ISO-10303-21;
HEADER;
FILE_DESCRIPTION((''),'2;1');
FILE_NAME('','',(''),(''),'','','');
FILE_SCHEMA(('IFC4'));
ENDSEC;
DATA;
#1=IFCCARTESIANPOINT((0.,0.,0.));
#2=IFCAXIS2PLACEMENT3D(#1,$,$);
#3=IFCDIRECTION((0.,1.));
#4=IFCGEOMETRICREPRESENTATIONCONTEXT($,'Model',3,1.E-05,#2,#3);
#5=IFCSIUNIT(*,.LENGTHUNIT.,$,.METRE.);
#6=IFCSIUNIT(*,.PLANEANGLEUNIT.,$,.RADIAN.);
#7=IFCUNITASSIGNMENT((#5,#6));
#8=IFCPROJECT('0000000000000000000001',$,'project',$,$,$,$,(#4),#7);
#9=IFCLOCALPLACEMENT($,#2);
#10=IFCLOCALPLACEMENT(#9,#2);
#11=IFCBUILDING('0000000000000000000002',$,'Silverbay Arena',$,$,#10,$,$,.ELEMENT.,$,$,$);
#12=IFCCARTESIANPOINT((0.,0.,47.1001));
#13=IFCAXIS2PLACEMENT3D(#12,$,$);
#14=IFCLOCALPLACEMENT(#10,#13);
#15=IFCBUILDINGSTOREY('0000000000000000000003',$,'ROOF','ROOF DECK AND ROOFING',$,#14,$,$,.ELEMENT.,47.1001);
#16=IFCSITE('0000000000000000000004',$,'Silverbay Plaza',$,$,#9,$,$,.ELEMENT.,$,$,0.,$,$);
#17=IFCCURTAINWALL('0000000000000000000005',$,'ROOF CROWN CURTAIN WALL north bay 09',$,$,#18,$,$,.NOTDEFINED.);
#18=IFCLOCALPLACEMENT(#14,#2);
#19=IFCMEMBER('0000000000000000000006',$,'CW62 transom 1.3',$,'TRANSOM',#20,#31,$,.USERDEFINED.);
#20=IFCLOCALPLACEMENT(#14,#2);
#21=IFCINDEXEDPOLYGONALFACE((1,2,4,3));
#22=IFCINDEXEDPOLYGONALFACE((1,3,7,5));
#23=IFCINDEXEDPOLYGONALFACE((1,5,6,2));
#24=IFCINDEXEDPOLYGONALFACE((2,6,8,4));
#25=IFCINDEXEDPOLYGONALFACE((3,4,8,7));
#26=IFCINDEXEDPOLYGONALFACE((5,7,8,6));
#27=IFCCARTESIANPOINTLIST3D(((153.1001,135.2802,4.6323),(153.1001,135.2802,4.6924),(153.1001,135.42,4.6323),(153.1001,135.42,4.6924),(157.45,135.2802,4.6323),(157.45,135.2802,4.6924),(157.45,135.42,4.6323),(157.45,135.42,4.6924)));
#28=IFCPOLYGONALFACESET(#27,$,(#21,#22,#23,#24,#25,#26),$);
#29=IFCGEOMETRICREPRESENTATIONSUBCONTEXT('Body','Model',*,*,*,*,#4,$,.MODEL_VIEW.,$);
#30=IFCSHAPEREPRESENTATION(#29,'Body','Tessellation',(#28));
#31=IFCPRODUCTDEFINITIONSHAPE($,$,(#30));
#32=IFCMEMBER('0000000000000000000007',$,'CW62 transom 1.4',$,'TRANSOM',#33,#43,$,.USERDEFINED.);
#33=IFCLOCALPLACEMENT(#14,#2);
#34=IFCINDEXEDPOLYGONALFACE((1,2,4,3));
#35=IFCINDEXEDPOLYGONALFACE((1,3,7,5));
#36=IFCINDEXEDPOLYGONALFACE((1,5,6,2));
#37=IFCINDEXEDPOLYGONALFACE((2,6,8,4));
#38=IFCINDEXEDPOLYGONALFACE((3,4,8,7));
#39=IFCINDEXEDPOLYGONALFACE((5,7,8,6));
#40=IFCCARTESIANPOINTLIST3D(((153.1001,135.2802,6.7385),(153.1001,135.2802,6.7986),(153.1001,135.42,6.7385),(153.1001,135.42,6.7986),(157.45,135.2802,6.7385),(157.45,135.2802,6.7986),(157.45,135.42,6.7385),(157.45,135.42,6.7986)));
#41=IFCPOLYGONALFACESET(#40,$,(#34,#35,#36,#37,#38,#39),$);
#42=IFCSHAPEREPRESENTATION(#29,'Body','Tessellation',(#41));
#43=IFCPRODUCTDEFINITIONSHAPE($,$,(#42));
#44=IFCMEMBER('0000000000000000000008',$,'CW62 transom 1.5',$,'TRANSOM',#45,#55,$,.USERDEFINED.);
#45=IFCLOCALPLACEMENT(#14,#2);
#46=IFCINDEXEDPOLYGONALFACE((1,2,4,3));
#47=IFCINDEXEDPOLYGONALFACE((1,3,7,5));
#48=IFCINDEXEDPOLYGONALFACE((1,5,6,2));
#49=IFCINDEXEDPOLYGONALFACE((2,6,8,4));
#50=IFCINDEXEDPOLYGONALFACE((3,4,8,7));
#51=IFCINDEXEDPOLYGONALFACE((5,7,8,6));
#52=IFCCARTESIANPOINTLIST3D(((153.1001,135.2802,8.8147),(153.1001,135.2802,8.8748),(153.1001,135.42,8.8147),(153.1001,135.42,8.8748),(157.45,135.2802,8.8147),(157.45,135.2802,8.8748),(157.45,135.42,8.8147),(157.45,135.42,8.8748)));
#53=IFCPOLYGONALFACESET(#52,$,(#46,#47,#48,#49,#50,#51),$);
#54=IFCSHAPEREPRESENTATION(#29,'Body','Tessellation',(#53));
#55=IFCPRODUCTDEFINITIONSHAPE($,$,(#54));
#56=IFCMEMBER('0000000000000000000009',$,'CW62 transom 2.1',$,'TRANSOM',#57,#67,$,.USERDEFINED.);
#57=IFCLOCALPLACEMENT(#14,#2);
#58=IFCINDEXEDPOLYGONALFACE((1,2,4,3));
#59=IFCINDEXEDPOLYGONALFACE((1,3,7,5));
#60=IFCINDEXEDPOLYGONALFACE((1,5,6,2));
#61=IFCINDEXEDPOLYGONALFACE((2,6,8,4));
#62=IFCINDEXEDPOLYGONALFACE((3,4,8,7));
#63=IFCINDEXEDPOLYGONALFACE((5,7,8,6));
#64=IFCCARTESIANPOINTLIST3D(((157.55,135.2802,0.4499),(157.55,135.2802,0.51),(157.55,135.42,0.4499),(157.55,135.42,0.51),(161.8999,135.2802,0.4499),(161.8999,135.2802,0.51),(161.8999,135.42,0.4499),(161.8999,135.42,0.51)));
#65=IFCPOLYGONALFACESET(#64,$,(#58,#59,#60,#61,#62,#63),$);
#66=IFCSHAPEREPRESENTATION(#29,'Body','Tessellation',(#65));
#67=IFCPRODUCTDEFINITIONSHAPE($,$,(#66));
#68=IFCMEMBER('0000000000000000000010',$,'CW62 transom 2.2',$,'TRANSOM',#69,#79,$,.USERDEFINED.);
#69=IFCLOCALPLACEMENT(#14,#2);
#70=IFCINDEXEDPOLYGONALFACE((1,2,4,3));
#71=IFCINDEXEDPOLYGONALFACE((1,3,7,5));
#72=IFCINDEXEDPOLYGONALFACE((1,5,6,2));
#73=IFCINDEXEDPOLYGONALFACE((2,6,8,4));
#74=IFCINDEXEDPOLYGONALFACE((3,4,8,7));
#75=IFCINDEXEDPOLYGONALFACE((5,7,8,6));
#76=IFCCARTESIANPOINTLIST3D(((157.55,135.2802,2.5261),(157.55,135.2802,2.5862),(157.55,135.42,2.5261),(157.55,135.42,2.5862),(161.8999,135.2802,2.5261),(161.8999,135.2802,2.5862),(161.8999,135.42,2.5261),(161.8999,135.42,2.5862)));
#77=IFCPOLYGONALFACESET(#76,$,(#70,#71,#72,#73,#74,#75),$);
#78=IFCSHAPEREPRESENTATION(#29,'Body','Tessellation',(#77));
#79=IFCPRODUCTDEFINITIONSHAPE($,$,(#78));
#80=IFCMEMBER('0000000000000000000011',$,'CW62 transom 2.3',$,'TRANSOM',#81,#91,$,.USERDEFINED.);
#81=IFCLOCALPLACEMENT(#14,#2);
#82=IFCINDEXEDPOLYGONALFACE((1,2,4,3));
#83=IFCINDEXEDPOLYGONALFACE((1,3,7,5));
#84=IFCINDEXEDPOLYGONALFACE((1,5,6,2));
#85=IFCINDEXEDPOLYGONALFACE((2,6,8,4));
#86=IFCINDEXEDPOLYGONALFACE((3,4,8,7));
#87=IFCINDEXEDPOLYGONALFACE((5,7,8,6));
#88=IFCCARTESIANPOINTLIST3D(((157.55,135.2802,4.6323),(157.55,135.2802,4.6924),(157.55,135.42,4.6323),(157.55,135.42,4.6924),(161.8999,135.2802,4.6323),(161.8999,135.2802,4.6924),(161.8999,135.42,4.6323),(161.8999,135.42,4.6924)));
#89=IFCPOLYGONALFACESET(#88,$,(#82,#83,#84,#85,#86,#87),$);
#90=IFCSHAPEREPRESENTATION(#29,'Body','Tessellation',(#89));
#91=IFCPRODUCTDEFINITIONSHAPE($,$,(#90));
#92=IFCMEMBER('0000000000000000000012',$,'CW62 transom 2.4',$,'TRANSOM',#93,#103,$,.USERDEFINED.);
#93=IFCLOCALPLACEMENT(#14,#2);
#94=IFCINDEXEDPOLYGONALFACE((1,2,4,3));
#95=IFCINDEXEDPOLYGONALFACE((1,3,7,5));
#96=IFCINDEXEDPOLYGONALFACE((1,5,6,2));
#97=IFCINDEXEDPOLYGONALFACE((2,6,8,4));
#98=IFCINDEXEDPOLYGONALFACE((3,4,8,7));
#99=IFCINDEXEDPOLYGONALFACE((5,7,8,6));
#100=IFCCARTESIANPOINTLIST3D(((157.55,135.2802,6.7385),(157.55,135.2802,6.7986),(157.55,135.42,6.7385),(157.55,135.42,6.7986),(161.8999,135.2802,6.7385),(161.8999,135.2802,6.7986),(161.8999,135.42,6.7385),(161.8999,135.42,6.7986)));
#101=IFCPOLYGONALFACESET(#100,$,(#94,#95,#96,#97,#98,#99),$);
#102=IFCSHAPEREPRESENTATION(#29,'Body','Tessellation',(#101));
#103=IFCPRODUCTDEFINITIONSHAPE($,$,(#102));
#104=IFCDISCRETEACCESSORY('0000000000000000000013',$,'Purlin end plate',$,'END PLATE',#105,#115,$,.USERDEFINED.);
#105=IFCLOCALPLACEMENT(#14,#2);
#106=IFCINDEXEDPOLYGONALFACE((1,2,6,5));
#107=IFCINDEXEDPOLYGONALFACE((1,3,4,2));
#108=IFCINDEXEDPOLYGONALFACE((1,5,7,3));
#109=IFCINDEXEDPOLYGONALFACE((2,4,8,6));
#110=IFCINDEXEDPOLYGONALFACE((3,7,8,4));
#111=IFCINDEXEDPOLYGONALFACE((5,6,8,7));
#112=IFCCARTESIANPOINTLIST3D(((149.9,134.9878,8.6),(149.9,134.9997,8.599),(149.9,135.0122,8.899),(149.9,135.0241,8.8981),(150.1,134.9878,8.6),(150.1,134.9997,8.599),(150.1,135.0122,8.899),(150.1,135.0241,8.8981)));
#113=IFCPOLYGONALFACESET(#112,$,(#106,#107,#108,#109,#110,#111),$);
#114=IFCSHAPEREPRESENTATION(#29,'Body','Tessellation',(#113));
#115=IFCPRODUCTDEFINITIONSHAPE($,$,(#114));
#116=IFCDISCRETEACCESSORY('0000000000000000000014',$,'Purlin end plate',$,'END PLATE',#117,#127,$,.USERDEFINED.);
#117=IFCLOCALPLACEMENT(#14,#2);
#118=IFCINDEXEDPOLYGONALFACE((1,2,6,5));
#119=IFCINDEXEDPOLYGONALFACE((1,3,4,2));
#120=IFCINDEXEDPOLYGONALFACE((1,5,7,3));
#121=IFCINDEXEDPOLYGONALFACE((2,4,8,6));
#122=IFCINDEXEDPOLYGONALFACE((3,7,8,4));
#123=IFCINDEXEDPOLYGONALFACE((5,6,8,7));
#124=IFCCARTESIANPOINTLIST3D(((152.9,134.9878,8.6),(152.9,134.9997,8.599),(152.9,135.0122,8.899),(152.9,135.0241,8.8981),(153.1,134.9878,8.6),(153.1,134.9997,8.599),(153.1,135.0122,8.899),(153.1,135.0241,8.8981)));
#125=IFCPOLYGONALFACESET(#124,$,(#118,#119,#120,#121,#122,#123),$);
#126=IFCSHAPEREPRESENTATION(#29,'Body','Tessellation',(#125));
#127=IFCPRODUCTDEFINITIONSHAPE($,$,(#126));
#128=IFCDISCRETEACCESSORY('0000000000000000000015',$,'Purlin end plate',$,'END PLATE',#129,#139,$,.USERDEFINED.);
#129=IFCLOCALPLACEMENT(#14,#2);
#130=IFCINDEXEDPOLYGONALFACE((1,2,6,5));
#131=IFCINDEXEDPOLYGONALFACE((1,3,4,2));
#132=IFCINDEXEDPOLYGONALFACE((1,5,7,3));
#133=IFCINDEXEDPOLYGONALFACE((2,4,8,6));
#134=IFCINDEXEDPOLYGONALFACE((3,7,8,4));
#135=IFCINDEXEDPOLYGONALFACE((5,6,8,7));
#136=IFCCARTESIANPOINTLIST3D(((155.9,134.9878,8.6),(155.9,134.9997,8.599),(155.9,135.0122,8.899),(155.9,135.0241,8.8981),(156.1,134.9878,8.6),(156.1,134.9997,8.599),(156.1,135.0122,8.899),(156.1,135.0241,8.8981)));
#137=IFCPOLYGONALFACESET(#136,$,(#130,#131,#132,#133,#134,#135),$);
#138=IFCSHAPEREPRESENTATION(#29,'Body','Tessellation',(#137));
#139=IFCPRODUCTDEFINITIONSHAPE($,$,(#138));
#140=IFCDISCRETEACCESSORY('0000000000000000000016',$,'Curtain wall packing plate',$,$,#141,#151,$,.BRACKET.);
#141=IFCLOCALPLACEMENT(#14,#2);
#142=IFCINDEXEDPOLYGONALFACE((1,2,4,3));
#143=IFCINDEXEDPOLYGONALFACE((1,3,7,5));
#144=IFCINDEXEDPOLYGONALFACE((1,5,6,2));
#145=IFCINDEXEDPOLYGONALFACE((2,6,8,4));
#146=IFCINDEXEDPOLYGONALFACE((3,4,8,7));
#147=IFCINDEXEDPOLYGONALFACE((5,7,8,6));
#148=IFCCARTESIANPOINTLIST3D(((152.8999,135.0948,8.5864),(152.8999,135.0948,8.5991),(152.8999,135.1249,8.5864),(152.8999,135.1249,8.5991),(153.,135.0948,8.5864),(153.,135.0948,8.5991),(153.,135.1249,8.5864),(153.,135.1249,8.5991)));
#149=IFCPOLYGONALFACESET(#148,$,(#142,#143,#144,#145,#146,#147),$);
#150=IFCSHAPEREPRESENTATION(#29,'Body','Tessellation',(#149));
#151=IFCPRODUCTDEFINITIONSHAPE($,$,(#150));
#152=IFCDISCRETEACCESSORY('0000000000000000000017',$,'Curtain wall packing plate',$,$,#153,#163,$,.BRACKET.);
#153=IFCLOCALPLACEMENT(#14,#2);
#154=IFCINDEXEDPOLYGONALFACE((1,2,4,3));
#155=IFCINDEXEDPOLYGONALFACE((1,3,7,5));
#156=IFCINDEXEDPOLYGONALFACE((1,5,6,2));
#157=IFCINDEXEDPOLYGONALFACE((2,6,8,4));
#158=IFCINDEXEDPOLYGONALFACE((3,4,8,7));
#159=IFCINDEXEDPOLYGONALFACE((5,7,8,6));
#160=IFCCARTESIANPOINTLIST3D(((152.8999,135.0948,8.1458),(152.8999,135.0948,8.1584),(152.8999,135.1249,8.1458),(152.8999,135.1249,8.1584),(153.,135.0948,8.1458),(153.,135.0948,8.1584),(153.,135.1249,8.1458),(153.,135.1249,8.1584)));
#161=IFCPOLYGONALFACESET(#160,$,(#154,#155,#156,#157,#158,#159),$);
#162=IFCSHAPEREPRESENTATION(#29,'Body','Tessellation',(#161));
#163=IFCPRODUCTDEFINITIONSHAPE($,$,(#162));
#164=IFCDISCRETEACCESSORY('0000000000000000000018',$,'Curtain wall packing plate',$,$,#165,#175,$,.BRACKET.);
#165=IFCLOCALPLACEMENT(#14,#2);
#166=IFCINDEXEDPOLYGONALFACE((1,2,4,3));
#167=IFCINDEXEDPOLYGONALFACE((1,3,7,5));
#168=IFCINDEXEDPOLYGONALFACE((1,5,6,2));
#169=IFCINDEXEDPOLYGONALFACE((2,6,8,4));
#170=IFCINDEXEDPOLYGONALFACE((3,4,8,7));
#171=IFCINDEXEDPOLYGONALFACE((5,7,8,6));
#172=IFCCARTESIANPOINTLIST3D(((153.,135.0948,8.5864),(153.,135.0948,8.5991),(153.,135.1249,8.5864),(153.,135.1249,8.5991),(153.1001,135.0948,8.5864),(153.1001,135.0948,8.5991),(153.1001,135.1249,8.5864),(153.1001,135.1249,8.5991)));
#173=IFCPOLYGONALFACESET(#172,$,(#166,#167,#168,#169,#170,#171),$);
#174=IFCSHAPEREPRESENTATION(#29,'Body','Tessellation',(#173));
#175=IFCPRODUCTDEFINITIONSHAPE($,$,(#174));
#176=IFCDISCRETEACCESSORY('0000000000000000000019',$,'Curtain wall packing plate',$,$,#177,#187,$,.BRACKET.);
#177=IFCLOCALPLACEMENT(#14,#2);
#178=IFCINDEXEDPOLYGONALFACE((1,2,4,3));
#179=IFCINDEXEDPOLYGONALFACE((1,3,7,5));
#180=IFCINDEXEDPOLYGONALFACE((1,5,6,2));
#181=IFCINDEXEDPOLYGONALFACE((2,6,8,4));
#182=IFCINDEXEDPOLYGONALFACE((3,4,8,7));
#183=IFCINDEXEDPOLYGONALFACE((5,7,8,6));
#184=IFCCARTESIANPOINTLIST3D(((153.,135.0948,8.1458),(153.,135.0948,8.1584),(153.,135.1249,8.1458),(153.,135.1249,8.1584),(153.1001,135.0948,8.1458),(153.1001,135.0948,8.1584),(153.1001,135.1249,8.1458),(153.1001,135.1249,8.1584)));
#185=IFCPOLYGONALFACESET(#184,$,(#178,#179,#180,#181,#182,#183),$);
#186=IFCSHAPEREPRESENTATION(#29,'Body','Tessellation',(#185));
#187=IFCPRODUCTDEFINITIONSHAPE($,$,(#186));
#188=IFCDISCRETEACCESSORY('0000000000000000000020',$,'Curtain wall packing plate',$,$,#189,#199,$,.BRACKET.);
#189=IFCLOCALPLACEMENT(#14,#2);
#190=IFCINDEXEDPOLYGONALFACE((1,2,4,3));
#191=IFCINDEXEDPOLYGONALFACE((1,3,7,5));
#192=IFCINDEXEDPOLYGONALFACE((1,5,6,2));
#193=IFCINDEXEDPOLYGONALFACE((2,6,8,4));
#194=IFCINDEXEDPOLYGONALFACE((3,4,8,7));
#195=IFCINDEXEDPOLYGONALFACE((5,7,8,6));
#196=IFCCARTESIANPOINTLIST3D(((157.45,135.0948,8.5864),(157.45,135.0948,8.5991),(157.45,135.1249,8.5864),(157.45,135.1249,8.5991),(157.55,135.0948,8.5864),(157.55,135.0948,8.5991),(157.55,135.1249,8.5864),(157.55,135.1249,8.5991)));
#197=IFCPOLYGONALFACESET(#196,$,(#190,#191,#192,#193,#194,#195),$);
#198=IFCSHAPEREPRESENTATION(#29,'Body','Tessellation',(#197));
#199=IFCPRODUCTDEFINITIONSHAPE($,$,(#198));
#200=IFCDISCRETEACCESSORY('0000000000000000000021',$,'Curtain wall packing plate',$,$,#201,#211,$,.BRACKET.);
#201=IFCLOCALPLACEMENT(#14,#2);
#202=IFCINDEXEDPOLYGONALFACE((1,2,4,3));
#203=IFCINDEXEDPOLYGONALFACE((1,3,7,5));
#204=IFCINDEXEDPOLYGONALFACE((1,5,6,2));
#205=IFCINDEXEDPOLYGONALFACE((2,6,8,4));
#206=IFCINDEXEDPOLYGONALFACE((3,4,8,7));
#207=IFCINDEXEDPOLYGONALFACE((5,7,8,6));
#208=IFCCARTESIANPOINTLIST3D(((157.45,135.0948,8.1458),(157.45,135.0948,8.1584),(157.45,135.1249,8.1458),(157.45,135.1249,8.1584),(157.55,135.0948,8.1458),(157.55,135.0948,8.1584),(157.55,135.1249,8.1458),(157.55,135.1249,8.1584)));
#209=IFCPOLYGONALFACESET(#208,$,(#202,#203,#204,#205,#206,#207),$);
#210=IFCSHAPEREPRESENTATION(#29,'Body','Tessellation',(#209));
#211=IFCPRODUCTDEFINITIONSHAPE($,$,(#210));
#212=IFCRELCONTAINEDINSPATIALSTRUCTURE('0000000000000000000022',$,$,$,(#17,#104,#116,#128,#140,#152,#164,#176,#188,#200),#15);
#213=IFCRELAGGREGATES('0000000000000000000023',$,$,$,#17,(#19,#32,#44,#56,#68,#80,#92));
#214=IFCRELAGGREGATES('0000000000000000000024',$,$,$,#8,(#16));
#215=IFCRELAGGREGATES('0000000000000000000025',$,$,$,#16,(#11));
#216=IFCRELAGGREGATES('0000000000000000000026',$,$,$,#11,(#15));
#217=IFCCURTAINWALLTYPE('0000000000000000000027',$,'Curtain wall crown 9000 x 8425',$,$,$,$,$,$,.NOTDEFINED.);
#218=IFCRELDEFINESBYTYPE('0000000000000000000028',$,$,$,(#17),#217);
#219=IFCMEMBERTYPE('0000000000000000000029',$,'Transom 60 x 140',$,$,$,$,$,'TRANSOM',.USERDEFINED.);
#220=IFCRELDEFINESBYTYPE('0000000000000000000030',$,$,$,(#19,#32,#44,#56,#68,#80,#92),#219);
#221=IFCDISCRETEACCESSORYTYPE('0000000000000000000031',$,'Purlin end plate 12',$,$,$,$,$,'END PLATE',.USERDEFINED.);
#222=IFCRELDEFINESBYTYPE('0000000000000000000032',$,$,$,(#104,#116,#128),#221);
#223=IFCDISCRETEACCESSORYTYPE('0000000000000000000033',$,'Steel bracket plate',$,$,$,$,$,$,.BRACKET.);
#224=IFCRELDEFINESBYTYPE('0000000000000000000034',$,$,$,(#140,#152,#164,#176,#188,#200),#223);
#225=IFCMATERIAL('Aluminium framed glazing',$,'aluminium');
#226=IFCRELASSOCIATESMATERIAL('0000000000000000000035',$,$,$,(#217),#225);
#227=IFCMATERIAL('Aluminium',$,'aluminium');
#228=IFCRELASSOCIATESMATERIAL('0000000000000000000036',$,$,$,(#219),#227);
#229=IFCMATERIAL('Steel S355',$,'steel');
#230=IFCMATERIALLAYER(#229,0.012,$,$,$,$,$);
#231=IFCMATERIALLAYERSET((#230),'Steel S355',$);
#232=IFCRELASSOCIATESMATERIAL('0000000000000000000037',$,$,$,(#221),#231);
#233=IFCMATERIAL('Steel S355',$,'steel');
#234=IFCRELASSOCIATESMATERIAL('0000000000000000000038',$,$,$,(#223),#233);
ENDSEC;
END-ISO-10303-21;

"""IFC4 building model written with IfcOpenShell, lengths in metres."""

from ifc_helpers import new_model, si_unit, direction, frame, origin, origin_2d, place, context, subcontext, project, spatial, rectangle, extrude, material, layer, layer_set, material_profile, profile_set, type_object, element, aggregate, save


model = new_model("IFC4")

# Units and contexts
model_context = context("Model", 3, precision=1e-05, world=origin(), true_north=direction((0.0, 1.0)))
body_context = subcontext(model_context, "Body", "Model", "MODEL_VIEW")
ifc_project = project(units=[si_unit("LENGTHUNIT", "METRE"), si_unit("PLANEANGLEUNIT", "RADIAN")], contexts=[model_context])

# Site, building, storey
site_placement = place(None, origin())
site = spatial("IfcSite", under=ifc_project, at=site_placement, Name="Silverbay Plaza", CompositionType="ELEMENT", RefElevation=0.0)
building_placement = place(site_placement, origin())
building = spatial("IfcBuilding", under=site, at=building_placement, Name="Silverbay Arena", CompositionType="ELEMENT")
storey_placement = place(building_placement, frame((0.0, 0.0, 47.1001)))
storey = spatial("IfcBuildingStorey", under=building, at=storey_placement, Name="ROOF", Description="ROOF DECK AND ROOFING", CompositionType="ELEMENT", Elevation=47.1001)

# Curtain wall
ifc_material_1 = material(Name="Aluminium framed glazing", Category="aluminium")
curtain_wall_type = type_object("IfcCurtainWallType", Name="Curtain wall crown 9000 x 8425", PredefinedType="NOTDEFINED", material=ifc_material_1)
placement = place(building_placement, frame((0.0, 0.0, 33.5)))
curtain_wall_1_placement = place(storey_placement, origin())
curtain_wall_1 = element("IfcCurtainWall", 1, at=curtain_wall_1_placement, inside=storey, type_object=curtain_wall_type, Name="ROOF CROWN CURTAIN WALL north bay 09", PredefinedType="NOTDEFINED")

# Members
ifc_material_2 = material(Name="Aluminium", Category="aluminium")
ifc_material_profile_1 = material_profile(ifc_material_2, rectangle(XDim=0.1399, YDim=0.0601, at=origin_2d()), Name="Transom 60 x 140")
ifc_profile_set_1 = profile_set([ifc_material_profile_1], Name="Aluminium")
member_type_1 = type_object("IfcMemberType", Name="Transom 60 x 140", ElementType="TRANSOM", PredefinedType="USERDEFINED", material=ifc_profile_set_1)
member_1_placement = place(placement, frame((153.1001, 135.3501, 18.2625), z_axis=(1.0, 0.0, 0.0), x_axis=(0.0, 1.0, 0.0)))
member_1 = element("IfcMember", 2, at=member_1_placement, type_object=member_type_1, Name="CW62 transom 1.3", ObjectType="TRANSOM", PredefinedType="USERDEFINED", context=body_context, shape_type="SweptSolid", body=[
    extrude(rectangle(XDim=0.1399, YDim=0.0601, at=origin_2d()), origin(), (0.0, 0.0, 1.0), 4.3499),
])
member_2_placement = place(placement, frame((153.1001, 135.3501, 20.3687), z_axis=(1.0, 0.0, 0.0), x_axis=(0.0, 1.0, 0.0)))
member_2 = element("IfcMember", 3, at=member_2_placement, type_object=member_type_1, Name="CW62 transom 1.4", ObjectType="TRANSOM", PredefinedType="USERDEFINED", context=body_context, shape_type="SweptSolid", body=[
    extrude(rectangle(XDim=0.1399, YDim=0.0601, at=origin_2d()), origin(), (0.0, 0.0, 1.0), 4.3499),
])
member_3_placement = place(placement, frame((153.1001, 135.3501, 22.4448), z_axis=(1.0, 0.0, 0.0), x_axis=(0.0, 1.0, 0.0)))
member_3 = element("IfcMember", 4, at=member_3_placement, type_object=member_type_1, Name="CW62 transom 1.5", ObjectType="TRANSOM", PredefinedType="USERDEFINED", context=body_context, shape_type="SweptSolid", body=[
    extrude(rectangle(XDim=0.1399, YDim=0.0601, at=origin_2d()), origin(), (0.0, 0.0, 1.0), 4.3499),
])
member_4_placement = place(placement, frame((157.55, 135.3501, 14.0801), z_axis=(1.0, 0.0, 0.0), x_axis=(0.0, 1.0, 0.0)))
member_4 = element("IfcMember", 5, at=member_4_placement, type_object=member_type_1, Name="CW62 transom 2.1", ObjectType="TRANSOM", PredefinedType="USERDEFINED", context=body_context, shape_type="SweptSolid", body=[
    extrude(rectangle(XDim=0.1399, YDim=0.0601, at=origin_2d()), origin(), (0.0, 0.0, 1.0), 4.3499),
])
member_5_placement = place(placement, frame((157.55, 135.3501, 16.1562), z_axis=(1.0, 0.0, 0.0), x_axis=(0.0, 1.0, 0.0)))
member_5 = element("IfcMember", 6, at=member_5_placement, type_object=member_type_1, Name="CW62 transom 2.2", ObjectType="TRANSOM", PredefinedType="USERDEFINED", context=body_context, shape_type="SweptSolid", body=[
    extrude(rectangle(XDim=0.1399, YDim=0.0601, at=origin_2d()), origin(), (0.0, 0.0, 1.0), 4.3499),
])
member_6_placement = place(placement, frame((157.55, 135.3501, 18.2625), z_axis=(1.0, 0.0, 0.0), x_axis=(0.0, 1.0, 0.0)))
member_6 = element("IfcMember", 7, at=member_6_placement, type_object=member_type_1, Name="CW62 transom 2.3", ObjectType="TRANSOM", PredefinedType="USERDEFINED", context=body_context, shape_type="SweptSolid", body=[
    extrude(rectangle(XDim=0.1399, YDim=0.0601, at=origin_2d()), origin(), (0.0, 0.0, 1.0), 4.3499),
])
member_7_placement = place(placement, frame((157.55, 135.3501, 20.3687), z_axis=(1.0, 0.0, 0.0), x_axis=(0.0, 1.0, 0.0)))
member_7 = element("IfcMember", 8, at=member_7_placement, type_object=member_type_1, Name="CW62 transom 2.4", ObjectType="TRANSOM", PredefinedType="USERDEFINED", context=body_context, shape_type="SweptSolid", body=[
    extrude(rectangle(XDim=0.1399, YDim=0.0601, at=origin_2d()), origin(), (0.0, 0.0, 1.0), 4.3499),
])

aggregate(curtain_wall_1, [member_1, member_2, member_3, member_4, member_5, member_6, member_7])

# Discrete accessories
ifc_material_3 = material(Name="Steel S355", Category="steel")
ifc_layer_1 = layer(ifc_material_3, 0.012)
ifc_layer_set_1 = layer_set([ifc_layer_1], Name="Steel S355")
discrete_accessory_type_1 = type_object("IfcDiscreteAccessoryType", Name="Purlin end plate 12", ElementType="END PLATE", PredefinedType="USERDEFINED", material=ifc_layer_set_1)
for number, where, z_axis, x_axis, name in (
    (9, (150.0, 135.0, 8.7495), (0.0, 0.996685, -0.081362), (-1.0, 0.0, 0.0), "Purlin end plate"),
    (10, (153.0, 135.0, 8.7495), (0.0, 0.996685, -0.081362), (-1.0, 0.0, 0.0), "Purlin end plate"),
    (11, (156.0, 135.0, 8.7495), (0.0, 0.996685, -0.081362), (-1.0, 0.0, 0.0), "Purlin end plate"),
):
    element("IfcDiscreteAccessory", number, at=place(storey_placement, frame(where, z_axis=z_axis, x_axis=x_axis)), inside=storey, type_object=discrete_accessory_type_1, Name=name, ObjectType="END PLATE", PredefinedType="USERDEFINED", context=body_context, shape_type="SweptSolid", body=[
        extrude(rectangle(XDim=0.2, YDim=0.3, at=origin_2d()), origin(), (0.0, 0.0, 1.0), 0.012),
    ])
ifc_material_4 = material(Name="Steel S355", Category="steel")
discrete_accessory_type_2 = type_object("IfcDiscreteAccessoryType", Name="Steel bracket plate", PredefinedType="BRACKET", material=ifc_material_4)
for number, where, z_axis, x_axis, name in (
    (12, (152.95, 135.1099, 8.5864), (0.0, 0.0, 1.0), (1.0, 0.0, 0.0), "Curtain wall packing plate"),
    (13, (152.95, 135.1099, 8.1458), (0.0, 0.0, 1.0), (1.0, 0.0, 0.0), "Curtain wall packing plate"),
    (14, (153.05, 135.1099, 8.5864), (0.0, 0.0, 1.0), (1.0, 0.0, 0.0), "Curtain wall packing plate"),
    (15, (153.05, 135.1099, 8.1458), (0.0, 0.0, 1.0), (1.0, 0.0, 0.0), "Curtain wall packing plate"),
    (16, (157.5, 135.1099, 8.5864), (0.0, 0.0, 1.0), (1.0, 0.0, 0.0), "Curtain wall packing plate"),
    (17, (157.5, 135.1099, 8.1458), (0.0, 0.0, 1.0), (1.0, 0.0, 0.0), "Curtain wall packing plate"),
):
    element("IfcDiscreteAccessory", number, at=place(storey_placement, frame(where, z_axis=z_axis, x_axis=x_axis)), inside=storey, type_object=discrete_accessory_type_2, Name=name, PredefinedType="BRACKET", context=body_context, shape_type="SweptSolid", body=[
        extrude(rectangle(XDim=0.1001, YDim=0.03, at=origin_2d()), origin(), (0.0, 0.0, 1.0), 0.0127),
    ])

save(model, "model.ifc")
